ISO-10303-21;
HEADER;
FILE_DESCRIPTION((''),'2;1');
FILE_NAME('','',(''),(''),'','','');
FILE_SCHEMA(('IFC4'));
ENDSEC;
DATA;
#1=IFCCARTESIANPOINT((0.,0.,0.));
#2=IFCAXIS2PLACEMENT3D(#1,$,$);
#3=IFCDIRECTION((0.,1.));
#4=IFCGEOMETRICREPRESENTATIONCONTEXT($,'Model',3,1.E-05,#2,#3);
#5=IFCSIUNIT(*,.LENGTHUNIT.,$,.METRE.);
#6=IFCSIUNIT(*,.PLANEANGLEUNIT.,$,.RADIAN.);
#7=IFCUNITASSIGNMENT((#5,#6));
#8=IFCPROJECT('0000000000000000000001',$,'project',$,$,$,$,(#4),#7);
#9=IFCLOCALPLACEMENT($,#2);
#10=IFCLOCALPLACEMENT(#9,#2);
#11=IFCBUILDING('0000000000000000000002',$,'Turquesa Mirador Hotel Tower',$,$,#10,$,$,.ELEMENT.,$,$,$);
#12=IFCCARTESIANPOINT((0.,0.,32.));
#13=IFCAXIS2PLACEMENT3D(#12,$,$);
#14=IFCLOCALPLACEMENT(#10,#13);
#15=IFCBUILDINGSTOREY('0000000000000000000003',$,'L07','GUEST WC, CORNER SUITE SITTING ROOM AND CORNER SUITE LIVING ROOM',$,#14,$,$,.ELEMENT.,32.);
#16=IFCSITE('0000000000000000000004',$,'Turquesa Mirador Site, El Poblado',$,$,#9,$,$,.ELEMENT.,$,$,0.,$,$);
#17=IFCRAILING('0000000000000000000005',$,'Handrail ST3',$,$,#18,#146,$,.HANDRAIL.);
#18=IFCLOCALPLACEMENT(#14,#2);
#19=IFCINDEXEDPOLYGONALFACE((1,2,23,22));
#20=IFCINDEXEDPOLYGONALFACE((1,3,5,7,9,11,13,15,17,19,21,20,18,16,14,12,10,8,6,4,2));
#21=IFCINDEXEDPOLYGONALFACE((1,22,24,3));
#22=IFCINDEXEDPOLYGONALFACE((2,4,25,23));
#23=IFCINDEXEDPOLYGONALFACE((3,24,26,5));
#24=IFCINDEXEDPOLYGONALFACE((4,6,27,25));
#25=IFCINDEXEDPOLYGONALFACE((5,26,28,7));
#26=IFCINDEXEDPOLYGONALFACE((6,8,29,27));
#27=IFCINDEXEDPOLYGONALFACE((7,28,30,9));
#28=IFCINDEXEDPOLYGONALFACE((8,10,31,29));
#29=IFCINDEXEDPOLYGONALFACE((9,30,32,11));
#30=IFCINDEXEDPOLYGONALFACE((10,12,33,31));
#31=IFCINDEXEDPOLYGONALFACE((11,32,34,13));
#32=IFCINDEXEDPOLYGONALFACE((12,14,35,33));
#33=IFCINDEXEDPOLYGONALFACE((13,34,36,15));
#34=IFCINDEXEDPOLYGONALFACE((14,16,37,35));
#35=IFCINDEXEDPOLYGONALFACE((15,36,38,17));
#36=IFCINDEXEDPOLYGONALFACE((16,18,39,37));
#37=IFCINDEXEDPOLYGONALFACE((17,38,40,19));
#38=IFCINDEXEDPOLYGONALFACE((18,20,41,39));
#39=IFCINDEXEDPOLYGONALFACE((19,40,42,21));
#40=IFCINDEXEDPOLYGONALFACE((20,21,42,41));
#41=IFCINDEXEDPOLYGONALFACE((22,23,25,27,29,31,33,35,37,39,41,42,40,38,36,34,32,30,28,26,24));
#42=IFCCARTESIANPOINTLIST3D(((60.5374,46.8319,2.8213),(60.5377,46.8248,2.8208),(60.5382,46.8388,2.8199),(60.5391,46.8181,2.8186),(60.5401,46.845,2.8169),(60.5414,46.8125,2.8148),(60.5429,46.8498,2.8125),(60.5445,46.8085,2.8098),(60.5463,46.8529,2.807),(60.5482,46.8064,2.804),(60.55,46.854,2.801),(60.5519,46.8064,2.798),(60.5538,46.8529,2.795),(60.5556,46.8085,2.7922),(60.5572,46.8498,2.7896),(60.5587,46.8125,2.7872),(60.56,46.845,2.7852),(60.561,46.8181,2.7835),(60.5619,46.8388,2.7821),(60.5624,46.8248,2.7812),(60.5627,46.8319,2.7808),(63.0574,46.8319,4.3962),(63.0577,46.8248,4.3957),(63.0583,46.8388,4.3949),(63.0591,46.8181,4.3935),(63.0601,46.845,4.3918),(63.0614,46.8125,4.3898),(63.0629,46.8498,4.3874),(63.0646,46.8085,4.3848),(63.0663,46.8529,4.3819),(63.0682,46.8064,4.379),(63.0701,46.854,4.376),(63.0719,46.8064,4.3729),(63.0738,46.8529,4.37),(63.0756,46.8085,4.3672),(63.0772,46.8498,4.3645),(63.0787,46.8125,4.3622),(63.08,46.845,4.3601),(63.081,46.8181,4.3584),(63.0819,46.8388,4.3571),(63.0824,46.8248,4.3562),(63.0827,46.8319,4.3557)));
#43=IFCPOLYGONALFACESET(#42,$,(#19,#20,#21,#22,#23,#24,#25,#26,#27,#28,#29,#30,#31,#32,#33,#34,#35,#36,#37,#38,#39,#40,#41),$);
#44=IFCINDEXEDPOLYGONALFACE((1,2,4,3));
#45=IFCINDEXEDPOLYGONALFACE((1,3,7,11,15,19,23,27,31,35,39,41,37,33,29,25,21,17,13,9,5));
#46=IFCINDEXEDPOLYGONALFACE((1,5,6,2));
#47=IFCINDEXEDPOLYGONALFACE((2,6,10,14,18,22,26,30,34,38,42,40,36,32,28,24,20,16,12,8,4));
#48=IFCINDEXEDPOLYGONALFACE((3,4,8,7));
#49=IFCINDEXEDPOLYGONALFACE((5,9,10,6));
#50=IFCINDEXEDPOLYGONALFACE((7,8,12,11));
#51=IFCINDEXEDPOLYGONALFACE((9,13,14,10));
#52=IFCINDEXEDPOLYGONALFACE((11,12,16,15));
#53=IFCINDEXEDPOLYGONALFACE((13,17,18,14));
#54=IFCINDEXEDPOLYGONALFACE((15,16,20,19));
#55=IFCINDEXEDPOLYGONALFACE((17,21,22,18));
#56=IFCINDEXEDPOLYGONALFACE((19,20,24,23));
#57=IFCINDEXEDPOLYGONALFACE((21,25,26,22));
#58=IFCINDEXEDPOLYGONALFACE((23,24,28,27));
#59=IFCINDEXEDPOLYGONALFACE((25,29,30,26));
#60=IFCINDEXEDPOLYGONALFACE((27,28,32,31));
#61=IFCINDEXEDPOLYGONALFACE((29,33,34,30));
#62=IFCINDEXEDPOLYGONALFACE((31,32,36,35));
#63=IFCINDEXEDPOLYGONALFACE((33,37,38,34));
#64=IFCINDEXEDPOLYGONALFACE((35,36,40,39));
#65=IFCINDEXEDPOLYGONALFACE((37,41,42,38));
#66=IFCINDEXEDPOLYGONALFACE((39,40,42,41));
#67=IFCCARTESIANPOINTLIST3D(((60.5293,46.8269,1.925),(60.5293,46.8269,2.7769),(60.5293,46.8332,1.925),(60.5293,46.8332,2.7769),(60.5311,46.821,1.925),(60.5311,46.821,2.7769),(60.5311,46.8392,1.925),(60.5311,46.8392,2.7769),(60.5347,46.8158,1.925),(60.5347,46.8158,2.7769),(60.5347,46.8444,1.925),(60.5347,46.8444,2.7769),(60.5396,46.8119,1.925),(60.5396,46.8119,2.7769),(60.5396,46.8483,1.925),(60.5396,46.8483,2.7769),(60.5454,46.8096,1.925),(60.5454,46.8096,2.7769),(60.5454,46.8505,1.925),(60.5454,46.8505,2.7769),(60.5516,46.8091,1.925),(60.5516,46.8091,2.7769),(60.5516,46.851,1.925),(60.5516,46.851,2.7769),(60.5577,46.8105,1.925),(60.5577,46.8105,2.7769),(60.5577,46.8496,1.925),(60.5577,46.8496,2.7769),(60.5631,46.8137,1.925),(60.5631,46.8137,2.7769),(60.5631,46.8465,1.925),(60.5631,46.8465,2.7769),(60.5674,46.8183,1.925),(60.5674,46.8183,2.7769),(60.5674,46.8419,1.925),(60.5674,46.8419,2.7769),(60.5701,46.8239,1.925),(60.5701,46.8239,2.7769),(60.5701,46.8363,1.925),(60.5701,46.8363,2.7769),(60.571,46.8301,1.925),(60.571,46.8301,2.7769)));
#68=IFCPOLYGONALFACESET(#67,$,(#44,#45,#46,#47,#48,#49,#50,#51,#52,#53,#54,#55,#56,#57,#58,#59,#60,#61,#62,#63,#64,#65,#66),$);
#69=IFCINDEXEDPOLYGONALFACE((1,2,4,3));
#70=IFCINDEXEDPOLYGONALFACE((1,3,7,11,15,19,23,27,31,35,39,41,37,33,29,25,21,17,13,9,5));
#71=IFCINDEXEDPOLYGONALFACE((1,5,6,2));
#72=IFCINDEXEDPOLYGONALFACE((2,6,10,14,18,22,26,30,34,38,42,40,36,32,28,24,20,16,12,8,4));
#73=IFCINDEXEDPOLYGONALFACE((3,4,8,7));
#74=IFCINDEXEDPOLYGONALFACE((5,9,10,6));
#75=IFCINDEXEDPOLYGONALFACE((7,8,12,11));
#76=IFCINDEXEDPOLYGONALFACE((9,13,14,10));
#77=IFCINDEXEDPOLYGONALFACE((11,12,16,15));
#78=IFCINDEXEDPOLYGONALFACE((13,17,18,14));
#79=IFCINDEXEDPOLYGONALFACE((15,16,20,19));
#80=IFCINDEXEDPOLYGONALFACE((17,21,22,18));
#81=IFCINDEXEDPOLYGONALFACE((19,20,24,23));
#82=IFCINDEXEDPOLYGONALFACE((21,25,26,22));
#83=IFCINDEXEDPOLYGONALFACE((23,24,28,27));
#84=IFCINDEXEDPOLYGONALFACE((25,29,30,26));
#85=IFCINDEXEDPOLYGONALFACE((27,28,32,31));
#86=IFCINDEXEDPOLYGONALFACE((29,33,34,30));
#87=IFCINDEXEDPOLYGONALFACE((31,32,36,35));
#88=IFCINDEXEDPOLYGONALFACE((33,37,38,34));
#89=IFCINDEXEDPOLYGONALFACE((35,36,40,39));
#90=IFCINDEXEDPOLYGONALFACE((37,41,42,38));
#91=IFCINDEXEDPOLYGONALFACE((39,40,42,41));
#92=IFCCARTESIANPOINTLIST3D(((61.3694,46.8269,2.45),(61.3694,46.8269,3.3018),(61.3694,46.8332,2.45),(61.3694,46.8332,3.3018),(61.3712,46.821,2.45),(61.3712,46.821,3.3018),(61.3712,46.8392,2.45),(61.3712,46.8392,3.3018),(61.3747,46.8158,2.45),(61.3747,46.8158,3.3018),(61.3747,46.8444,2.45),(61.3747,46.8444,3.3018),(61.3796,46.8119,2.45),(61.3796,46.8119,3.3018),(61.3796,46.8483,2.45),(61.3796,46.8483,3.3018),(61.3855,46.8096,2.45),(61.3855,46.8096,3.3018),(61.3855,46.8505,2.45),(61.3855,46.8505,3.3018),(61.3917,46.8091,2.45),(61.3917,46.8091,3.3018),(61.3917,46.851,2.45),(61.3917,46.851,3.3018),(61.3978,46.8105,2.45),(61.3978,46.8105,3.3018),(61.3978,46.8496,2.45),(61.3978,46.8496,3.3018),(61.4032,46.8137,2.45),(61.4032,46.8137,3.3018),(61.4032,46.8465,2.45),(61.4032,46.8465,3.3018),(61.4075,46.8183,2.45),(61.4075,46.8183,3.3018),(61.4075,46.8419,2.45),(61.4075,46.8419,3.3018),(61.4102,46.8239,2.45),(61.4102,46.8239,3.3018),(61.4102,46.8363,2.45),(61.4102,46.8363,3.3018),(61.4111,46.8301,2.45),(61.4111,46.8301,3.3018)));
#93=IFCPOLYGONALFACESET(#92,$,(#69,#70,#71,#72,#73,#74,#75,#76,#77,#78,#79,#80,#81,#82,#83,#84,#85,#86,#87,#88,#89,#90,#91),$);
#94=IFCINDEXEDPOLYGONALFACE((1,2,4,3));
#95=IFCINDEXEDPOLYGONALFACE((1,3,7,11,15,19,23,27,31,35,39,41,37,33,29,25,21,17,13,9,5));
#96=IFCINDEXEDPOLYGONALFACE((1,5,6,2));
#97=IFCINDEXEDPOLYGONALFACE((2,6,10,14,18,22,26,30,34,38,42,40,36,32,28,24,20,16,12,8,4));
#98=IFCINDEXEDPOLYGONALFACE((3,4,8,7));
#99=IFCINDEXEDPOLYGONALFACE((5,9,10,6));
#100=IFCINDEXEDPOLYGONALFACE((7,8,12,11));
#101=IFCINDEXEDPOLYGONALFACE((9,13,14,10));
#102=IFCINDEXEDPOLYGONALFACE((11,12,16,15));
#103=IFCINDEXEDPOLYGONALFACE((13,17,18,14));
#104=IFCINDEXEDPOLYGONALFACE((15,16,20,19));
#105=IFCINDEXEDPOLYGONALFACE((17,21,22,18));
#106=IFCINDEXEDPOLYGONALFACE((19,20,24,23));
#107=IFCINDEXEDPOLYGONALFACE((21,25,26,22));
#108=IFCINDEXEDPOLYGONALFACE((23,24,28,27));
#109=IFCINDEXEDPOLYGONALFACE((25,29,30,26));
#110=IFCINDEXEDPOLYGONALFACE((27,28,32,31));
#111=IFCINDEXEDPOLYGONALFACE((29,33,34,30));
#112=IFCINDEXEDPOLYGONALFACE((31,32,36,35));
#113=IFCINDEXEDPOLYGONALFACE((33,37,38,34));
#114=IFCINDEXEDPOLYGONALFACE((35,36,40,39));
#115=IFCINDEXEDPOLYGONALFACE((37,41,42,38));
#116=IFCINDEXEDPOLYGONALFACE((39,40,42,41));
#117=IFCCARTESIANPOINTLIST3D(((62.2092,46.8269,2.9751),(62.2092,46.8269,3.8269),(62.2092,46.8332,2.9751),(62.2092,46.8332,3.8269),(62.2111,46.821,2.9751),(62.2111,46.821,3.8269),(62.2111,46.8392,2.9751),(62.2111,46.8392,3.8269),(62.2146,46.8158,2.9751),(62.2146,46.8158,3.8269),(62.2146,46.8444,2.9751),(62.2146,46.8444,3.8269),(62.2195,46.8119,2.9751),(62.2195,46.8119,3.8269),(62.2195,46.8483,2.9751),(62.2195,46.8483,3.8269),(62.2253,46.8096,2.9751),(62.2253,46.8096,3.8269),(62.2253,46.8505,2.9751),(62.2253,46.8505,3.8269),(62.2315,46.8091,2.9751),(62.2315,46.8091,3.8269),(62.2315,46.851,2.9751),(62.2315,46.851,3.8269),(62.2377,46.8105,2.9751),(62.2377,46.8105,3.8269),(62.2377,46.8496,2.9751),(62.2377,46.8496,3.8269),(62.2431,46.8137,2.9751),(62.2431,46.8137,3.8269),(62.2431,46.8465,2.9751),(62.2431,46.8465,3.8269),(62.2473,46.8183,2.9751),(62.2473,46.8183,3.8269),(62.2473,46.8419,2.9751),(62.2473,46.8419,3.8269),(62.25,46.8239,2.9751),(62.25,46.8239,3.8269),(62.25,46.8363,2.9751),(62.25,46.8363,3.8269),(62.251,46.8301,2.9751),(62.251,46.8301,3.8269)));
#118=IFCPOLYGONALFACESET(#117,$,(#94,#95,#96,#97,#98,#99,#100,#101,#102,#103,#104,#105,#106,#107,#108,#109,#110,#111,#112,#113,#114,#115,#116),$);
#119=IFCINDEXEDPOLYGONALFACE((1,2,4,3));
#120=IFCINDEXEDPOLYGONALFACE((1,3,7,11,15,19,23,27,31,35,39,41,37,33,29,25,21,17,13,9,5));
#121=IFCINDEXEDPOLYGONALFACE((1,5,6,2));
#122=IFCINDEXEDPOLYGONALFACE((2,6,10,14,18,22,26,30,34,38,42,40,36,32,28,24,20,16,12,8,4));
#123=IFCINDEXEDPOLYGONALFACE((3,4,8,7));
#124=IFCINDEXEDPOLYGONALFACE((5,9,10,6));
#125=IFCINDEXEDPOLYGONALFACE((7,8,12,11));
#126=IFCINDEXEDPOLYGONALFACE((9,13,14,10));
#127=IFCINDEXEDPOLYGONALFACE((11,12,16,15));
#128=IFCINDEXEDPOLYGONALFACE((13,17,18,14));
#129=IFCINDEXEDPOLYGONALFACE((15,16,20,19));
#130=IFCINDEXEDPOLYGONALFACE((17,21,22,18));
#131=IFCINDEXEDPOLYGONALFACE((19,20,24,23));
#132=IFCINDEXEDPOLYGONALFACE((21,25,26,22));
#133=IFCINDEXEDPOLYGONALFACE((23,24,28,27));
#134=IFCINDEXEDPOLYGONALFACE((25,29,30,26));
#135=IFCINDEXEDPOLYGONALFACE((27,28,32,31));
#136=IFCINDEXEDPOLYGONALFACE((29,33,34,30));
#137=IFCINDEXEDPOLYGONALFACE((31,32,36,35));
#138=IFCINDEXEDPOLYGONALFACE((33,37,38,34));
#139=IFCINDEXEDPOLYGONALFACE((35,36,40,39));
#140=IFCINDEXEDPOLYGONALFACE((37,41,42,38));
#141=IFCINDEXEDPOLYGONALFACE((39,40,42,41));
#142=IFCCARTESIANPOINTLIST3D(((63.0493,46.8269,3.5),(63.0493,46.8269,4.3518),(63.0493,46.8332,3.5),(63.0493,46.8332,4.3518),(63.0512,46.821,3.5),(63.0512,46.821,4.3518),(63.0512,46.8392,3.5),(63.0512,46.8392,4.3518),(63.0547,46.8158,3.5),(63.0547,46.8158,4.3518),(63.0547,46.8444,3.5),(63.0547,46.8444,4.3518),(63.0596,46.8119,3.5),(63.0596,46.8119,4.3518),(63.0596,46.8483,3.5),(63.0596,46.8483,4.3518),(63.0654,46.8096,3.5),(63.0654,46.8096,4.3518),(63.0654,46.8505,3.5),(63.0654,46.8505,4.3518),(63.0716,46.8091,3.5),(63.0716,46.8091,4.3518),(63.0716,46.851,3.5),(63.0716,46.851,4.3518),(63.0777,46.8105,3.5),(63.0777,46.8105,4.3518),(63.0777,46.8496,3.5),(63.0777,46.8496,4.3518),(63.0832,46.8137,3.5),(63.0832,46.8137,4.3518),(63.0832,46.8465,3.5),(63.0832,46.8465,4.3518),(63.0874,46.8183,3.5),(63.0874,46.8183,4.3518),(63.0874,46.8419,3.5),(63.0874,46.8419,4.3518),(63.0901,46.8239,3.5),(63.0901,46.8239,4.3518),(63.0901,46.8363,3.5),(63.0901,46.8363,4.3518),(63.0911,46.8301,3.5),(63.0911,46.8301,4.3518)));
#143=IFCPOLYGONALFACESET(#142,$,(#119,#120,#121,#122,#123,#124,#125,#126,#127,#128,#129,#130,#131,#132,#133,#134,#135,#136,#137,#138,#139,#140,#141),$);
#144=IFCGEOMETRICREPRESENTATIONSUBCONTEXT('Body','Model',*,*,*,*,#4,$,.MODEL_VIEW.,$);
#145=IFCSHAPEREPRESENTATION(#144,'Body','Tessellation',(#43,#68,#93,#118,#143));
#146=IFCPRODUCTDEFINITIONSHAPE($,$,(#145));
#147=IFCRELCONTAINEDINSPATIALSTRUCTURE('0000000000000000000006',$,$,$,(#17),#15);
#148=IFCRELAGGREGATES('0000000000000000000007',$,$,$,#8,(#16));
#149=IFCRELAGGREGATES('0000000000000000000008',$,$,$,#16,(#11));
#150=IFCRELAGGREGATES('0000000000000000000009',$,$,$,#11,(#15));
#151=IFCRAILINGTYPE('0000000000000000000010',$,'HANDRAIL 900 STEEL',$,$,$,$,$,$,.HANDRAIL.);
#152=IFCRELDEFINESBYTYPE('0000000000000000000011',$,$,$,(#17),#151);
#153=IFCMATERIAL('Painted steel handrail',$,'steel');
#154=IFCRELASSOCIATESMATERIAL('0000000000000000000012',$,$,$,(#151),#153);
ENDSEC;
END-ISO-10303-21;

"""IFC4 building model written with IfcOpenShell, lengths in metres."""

from ifc_helpers import new_model, si_unit, direction, frame, origin, origin_2d, place, context, subcontext, project, spatial, circle, extrude, material, type_object, element, save


model = new_model("IFC4")

# Units and contexts
model_context = context("Model", 3, precision=1e-05, world=origin(), true_north=direction((0.0, 1.0)))
body_context = subcontext(model_context, "Body", "Model", "MODEL_VIEW")
ifc_project = project(units=[si_unit("LENGTHUNIT", "METRE"), si_unit("PLANEANGLEUNIT", "RADIAN")], contexts=[model_context])

# Site, building, storey
site_placement = place(None, origin())
site = spatial("IfcSite", under=ifc_project, at=site_placement, Name="Turquesa Mirador Site, El Poblado", CompositionType="ELEMENT", RefElevation=0.0)
building_placement = place(site_placement, origin())
building = spatial("IfcBuilding", under=site, at=building_placement, Name="Turquesa Mirador Hotel Tower", CompositionType="ELEMENT")
storey_placement = place(building_placement, frame((0.0, 0.0, 32.0)))
storey = spatial("IfcBuildingStorey", under=building, at=storey_placement, Name="L07", Description="GUEST WC, CORNER SUITE SITTING ROOM AND CORNER SUITE LIVING ROOM", CompositionType="ELEMENT", Elevation=32.0)

# Railing
ifc_material_1 = material(Name="Painted steel handrail", Category="steel")
railing_type = type_object("IfcRailingType", Name="HANDRAIL 900 STEEL", PredefinedType="HANDRAIL", material=ifc_material_1)
railing_1_placement = place(storey_placement, frame((60.55, 46.8301, 1.925)))
element("IfcRailing", 1, at=railing_1_placement, inside=storey, type_object=railing_type, Name="Handrail ST3", PredefinedType="HANDRAIL", context=body_context, shape_type="SweptSolid", body=[
    extrude(circle(Radius=0.0239, at=origin_2d()), frame((0.0, 0.0, 0.876), z_axis=(0.848008, 0.0, 0.529984), x_axis=(0.0, 1.0, 0.0)), (0.0, 0.0, 1.0), 2.9717),
    extrude(circle(Radius=0.021, at=origin_2d()), origin(), (0.0, 0.0, 1.0), 0.8518),
    extrude(circle(Radius=0.021, at=origin_2d()), frame((0.8401, 0.0, 0.5249)), (0.0, 0.0, 1.0), 0.8518),
    extrude(circle(Radius=0.021, at=origin_2d()), frame((1.6799, 0.0, 1.05)), (0.0, 0.0, 1.0), 0.8518),
    extrude(circle(Radius=0.021, at=origin_2d()), frame((2.52, 0.0, 1.575)), (0.0, 0.0, 1.0), 0.8518),
])

save(model, "model.ifc")
